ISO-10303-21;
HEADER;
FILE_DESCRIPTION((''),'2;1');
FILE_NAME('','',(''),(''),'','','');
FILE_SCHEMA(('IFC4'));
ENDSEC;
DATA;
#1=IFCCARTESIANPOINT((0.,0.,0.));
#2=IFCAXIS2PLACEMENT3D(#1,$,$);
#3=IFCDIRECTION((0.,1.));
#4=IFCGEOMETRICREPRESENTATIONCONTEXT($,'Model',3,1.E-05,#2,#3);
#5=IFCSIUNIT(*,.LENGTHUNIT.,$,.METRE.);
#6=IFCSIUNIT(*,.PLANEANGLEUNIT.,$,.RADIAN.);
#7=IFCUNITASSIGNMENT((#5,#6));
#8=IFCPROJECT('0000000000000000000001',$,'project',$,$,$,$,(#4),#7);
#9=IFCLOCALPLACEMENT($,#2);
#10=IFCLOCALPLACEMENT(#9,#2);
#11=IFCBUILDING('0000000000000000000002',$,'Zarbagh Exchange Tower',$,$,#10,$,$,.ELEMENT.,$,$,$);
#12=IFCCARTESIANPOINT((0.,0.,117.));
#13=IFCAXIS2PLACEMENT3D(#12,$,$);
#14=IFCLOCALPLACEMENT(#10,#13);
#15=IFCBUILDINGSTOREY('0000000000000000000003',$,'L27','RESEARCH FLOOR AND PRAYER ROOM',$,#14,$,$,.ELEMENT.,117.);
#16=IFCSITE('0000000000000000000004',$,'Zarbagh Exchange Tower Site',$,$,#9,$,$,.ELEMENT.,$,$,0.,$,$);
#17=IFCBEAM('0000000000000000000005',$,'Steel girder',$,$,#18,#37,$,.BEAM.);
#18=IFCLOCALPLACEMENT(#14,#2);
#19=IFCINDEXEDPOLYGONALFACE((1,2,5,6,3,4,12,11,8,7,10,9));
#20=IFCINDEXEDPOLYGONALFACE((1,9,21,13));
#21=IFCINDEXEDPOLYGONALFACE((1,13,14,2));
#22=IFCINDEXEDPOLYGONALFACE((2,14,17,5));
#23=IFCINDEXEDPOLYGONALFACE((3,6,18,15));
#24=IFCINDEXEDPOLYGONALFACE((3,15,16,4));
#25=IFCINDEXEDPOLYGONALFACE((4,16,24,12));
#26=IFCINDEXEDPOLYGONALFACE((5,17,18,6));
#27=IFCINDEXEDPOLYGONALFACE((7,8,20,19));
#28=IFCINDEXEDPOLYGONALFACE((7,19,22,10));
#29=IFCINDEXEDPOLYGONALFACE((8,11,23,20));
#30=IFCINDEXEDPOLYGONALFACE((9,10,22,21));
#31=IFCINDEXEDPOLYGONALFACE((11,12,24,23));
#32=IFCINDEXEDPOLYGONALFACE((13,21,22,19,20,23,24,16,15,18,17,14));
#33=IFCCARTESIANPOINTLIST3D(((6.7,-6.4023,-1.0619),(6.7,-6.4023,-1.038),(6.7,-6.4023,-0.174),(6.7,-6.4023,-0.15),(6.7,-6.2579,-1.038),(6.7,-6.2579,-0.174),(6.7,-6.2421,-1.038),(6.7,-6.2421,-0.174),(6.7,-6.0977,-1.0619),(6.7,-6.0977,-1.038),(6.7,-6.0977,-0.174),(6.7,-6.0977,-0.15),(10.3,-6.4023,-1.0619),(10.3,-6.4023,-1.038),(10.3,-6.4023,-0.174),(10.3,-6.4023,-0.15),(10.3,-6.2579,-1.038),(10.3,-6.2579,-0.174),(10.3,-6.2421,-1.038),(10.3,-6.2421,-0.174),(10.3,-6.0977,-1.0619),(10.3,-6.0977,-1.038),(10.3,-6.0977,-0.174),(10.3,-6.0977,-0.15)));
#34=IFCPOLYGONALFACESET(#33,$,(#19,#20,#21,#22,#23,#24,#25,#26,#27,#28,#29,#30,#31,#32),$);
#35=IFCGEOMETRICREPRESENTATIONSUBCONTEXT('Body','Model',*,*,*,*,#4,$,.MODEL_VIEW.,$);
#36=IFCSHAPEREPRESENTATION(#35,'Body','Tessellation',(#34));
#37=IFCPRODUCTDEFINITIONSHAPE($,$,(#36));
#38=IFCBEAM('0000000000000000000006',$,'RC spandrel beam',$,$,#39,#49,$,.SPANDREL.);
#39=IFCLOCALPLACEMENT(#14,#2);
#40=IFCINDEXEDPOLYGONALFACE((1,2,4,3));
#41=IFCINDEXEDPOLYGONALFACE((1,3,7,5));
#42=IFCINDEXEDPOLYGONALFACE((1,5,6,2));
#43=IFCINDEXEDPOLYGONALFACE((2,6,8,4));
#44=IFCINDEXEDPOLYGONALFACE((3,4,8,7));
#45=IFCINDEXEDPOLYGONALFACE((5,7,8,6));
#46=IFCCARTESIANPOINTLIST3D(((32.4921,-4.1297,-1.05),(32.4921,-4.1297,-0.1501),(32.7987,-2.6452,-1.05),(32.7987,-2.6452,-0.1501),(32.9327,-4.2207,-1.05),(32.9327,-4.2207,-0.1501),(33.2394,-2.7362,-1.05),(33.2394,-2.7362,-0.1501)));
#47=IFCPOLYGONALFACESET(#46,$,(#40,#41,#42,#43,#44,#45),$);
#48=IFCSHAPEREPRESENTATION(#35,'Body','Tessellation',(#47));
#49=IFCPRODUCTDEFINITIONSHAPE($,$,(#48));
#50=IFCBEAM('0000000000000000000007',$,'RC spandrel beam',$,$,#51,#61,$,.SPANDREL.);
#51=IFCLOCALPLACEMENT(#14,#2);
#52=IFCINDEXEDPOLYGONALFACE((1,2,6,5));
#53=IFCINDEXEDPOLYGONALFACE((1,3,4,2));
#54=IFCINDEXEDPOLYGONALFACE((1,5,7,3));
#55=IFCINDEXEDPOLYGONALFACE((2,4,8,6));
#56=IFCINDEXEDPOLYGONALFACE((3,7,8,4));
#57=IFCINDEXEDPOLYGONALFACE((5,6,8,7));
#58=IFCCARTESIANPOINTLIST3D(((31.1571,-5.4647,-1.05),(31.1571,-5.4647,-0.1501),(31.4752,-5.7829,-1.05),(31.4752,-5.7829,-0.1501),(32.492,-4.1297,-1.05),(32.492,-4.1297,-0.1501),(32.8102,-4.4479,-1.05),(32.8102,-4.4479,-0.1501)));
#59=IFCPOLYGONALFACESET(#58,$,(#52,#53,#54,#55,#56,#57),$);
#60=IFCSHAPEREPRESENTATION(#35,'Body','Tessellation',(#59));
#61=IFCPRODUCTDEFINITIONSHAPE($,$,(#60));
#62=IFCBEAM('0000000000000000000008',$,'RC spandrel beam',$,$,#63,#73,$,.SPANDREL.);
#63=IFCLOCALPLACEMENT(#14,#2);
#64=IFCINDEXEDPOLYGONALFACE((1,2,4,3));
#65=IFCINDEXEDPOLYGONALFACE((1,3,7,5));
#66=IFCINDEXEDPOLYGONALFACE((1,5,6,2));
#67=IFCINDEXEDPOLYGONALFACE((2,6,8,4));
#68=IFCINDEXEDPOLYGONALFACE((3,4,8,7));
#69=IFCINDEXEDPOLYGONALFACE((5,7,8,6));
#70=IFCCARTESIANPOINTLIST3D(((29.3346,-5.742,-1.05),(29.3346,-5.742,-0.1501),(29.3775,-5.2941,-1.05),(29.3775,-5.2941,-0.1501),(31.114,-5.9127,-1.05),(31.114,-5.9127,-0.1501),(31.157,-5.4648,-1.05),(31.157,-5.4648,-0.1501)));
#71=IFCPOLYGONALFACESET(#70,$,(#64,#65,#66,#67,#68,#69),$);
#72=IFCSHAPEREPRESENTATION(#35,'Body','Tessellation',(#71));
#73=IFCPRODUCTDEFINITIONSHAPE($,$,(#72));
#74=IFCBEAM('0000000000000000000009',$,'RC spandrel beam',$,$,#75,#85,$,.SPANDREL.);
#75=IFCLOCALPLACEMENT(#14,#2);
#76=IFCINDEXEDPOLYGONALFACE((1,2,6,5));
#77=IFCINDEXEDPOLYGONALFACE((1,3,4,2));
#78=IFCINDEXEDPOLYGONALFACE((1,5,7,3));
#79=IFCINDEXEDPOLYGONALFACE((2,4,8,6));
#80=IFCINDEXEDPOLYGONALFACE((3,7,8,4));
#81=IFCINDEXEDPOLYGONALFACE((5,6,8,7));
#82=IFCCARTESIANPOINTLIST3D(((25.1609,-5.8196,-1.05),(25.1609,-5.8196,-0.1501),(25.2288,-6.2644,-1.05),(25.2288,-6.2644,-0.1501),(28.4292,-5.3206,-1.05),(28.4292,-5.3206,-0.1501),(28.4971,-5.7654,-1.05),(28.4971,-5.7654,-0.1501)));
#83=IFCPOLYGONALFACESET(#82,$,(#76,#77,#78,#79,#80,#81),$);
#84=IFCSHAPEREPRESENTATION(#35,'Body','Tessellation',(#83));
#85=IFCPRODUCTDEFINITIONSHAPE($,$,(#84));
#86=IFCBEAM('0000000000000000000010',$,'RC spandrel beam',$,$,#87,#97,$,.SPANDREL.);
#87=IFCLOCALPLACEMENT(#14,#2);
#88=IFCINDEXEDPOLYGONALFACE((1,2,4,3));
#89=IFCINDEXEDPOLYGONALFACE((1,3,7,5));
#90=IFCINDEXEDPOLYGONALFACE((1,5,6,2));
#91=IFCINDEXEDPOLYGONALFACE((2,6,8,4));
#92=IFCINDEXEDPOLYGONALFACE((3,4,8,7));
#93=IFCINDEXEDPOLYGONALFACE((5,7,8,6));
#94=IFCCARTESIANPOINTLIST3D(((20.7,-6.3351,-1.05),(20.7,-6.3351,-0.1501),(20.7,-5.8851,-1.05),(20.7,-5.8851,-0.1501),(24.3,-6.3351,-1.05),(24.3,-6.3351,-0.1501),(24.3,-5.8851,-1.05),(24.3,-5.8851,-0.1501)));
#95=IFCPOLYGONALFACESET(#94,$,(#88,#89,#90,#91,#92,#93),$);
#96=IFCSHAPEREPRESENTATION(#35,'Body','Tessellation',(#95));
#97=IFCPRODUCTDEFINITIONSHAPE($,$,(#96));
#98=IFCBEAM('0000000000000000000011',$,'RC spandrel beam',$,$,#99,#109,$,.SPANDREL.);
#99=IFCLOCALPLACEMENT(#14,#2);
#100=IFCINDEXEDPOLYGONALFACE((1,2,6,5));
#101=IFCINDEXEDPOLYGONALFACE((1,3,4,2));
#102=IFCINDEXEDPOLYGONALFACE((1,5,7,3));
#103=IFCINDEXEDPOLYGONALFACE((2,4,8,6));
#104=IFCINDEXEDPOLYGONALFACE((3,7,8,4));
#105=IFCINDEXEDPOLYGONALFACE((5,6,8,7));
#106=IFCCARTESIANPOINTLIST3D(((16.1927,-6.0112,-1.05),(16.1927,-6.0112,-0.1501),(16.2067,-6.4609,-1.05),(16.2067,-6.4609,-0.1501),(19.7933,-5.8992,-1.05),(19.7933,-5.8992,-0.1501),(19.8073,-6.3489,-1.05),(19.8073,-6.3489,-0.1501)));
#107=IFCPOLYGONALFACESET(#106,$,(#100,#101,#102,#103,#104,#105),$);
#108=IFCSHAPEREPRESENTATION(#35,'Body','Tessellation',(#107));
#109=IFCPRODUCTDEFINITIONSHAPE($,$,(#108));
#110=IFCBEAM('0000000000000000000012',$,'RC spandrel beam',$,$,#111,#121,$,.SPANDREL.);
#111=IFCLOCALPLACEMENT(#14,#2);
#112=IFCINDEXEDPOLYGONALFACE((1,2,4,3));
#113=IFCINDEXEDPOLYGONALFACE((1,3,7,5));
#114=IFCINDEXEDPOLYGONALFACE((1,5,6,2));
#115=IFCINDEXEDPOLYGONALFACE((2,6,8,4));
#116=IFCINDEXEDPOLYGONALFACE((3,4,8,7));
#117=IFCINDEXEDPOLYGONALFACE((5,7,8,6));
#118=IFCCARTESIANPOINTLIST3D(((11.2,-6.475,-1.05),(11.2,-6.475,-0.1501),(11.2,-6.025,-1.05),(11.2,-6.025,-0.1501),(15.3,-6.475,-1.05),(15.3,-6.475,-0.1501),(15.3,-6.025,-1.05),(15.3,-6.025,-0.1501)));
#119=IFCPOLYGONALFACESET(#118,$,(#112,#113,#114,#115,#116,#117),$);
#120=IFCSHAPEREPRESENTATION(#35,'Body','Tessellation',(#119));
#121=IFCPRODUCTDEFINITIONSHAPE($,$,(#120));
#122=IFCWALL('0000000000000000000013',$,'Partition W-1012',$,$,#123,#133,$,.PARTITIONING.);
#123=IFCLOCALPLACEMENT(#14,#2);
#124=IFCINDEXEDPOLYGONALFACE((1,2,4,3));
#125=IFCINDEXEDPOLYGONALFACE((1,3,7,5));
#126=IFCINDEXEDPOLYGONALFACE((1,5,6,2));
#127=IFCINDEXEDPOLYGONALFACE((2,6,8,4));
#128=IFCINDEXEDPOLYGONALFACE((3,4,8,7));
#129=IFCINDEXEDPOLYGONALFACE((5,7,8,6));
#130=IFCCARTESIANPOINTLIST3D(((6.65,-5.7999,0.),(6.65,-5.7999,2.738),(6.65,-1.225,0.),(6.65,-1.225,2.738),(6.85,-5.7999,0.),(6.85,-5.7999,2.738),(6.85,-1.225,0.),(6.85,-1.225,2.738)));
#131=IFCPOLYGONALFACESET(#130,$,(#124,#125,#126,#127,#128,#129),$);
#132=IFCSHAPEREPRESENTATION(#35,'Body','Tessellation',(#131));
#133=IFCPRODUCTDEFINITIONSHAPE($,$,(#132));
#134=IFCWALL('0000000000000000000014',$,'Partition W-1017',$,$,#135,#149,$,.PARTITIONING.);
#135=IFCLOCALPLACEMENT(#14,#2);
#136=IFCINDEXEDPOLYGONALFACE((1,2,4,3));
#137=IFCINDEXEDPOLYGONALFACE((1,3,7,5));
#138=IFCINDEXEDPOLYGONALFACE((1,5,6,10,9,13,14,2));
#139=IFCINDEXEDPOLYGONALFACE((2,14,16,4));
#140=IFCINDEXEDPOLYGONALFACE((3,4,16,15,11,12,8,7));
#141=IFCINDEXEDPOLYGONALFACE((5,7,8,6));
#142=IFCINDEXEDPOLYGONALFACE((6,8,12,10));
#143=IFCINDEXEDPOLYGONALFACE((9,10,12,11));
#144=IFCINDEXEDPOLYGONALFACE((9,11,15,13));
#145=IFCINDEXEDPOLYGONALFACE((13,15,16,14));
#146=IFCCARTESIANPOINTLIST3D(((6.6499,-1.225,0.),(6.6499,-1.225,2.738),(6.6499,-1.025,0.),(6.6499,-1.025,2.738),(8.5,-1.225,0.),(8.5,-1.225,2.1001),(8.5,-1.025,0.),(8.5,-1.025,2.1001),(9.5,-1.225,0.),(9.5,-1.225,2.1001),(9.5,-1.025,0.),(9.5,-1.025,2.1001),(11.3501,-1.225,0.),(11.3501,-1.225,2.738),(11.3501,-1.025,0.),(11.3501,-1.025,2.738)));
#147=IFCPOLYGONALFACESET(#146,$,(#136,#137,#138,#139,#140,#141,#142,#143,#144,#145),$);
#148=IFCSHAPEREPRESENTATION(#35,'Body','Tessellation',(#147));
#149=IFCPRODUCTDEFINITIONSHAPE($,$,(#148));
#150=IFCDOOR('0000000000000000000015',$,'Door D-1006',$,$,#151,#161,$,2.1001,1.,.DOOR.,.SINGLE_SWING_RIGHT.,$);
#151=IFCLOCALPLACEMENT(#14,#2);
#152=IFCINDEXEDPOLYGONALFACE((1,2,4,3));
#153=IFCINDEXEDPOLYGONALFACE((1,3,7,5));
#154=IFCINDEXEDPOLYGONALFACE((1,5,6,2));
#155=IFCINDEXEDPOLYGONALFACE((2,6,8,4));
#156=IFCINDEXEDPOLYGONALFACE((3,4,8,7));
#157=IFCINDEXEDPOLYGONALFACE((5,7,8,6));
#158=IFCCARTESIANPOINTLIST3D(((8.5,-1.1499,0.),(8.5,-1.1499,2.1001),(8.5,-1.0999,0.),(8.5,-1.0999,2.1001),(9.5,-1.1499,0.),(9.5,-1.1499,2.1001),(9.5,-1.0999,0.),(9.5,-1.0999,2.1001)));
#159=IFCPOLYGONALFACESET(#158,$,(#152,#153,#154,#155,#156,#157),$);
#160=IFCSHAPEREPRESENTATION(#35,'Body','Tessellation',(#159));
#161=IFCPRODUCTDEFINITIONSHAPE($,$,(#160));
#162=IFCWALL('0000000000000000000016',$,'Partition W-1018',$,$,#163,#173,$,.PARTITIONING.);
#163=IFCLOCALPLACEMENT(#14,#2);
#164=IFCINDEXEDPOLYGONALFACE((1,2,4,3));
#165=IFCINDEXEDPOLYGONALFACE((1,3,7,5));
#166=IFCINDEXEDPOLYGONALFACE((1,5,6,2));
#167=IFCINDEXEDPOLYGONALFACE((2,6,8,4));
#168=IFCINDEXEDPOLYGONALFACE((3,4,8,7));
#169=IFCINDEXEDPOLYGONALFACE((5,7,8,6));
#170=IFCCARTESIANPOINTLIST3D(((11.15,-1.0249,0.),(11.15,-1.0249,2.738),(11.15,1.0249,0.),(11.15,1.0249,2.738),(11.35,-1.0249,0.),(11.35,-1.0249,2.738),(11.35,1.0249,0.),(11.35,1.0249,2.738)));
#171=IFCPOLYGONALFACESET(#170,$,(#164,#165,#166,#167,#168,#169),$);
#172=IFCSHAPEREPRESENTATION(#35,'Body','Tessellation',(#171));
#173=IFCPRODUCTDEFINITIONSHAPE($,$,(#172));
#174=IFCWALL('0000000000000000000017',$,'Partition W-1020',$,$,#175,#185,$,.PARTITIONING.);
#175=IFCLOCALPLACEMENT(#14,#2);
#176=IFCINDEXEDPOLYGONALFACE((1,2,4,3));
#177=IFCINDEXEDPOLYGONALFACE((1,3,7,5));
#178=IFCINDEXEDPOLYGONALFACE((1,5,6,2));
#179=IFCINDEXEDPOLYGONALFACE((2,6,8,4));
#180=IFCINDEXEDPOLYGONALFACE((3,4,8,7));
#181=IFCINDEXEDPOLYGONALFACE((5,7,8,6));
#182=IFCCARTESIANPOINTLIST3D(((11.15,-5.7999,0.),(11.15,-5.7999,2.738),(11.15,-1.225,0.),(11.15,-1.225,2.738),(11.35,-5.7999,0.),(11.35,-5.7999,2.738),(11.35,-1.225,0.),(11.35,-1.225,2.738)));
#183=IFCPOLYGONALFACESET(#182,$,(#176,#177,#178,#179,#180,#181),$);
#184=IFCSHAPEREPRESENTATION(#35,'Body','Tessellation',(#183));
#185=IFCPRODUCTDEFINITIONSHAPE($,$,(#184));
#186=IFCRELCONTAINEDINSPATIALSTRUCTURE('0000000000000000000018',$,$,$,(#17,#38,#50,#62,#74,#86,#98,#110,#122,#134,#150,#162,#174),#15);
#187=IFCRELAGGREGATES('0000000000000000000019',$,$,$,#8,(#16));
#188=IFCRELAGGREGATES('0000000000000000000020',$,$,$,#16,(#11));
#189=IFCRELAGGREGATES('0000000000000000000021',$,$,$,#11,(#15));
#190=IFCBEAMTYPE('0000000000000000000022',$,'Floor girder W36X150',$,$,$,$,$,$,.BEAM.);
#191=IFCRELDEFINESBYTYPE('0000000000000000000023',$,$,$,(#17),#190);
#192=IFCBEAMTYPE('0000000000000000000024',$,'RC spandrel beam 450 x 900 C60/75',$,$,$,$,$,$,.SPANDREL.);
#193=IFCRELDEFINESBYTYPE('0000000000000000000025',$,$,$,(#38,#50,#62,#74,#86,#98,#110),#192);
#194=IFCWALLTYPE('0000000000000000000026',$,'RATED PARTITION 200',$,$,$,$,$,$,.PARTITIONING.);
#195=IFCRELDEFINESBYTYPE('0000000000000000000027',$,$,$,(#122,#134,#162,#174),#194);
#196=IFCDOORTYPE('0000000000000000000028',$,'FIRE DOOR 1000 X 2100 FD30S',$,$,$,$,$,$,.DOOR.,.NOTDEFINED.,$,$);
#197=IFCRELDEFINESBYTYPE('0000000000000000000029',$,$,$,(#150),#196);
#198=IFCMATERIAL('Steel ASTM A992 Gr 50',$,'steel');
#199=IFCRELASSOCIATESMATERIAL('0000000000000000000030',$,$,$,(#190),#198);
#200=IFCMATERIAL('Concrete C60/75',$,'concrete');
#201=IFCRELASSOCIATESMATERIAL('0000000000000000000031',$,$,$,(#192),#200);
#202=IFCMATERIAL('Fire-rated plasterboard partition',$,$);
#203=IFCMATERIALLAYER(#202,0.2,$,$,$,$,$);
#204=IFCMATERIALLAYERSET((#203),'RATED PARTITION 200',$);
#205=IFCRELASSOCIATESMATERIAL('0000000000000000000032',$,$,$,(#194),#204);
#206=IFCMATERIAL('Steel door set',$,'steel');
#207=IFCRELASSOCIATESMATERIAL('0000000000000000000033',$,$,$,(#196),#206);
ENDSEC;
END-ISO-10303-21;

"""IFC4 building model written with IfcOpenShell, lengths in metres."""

from ifc_helpers import new_model, si_unit, direction, frame, frame_2d, origin, origin_2d, place, context, subcontext, project, spatial, rectangle, i_section, extrude, material, layer, layer_set, material_profile, profile_set, type_object, element, fill, save


model = new_model("IFC4")

# Units and contexts
model_context = context("Model", 3, precision=1e-05, world=origin(), true_north=direction((0.0, 1.0)))
body_context = subcontext(model_context, "Body", "Model", "MODEL_VIEW")
ifc_project = project(units=[si_unit("LENGTHUNIT", "METRE"), si_unit("PLANEANGLEUNIT", "RADIAN")], contexts=[model_context])

# Site, building, storey
site_placement = place(None, origin())
site = spatial("IfcSite", under=ifc_project, at=site_placement, Name="Zarbagh Exchange Tower Site", CompositionType="ELEMENT", RefElevation=0.0)
building_placement = place(site_placement, origin())
building = spatial("IfcBuilding", under=site, at=building_placement, Name="Zarbagh Exchange Tower", CompositionType="ELEMENT")
storey_placement = place(building_placement, frame((0.0, 0.0, 117.0)))
storey = spatial("IfcBuildingStorey", under=building, at=storey_placement, Name="L27", Description="RESEARCH FLOOR AND PRAYER ROOM", CompositionType="ELEMENT", Elevation=117.0)

# Shared definitions
ifc_material_1 = material(Name="Concrete C60/75", Category="concrete")

# Beams
ifc_material_2 = material(Name="Steel ASTM A992 Gr 50", Category="steel")
ifc_material_profile_1 = material_profile(ifc_material_2, i_section(OverallWidth=0.3047, OverallDepth=0.9119, WebThickness=0.0159, FlangeThickness=0.0239, at=origin_2d()), Name="W36X150")
ifc_profile_set_1 = profile_set([ifc_material_profile_1], Name="Steel ASTM A992 Gr 50")
beam_type_1 = type_object("IfcBeamType", Name="Floor girder W36X150", PredefinedType="BEAM", material=ifc_profile_set_1)
beam_1_placement = place(storey_placement, frame((6.7, -6.25, -0.606), z_axis=(1.0, 0.0, 0.0), x_axis=(0.0, 1.0, 0.0)))
element("IfcBeam", 1, at=beam_1_placement, inside=storey, type_object=beam_type_1, Name="Steel girder", PredefinedType="BEAM", context=body_context, shape_type="SweptSolid", body=[
    extrude(i_section(OverallWidth=0.3047, OverallDepth=0.9119, WebThickness=0.0159, FlangeThickness=0.0239, at=origin_2d()), origin(), (0.0, 0.0, 1.0), 3.6001),
])
ifc_material_profile_2 = material_profile(ifc_material_1, rectangle(XDim=0.45, YDim=0.8999, at=origin_2d()), Name="RC spandrel beam 450 x 900 C60/75")
ifc_profile_set_2 = profile_set([ifc_material_profile_2], Name="Concrete C60/75")
beam_type_2 = type_object("IfcBeamType", Name="RC spandrel beam 450 x 900 C60/75", PredefinedType="SPANDREL", material=ifc_profile_set_2)
beam_2_placement = place(storey_placement, frame((33.019, -2.6907, -0.6001), z_axis=(-0.202275, -0.979329, 0.0), x_axis=(0.979329, -0.202275, 0.0)))
element("IfcBeam", 2, at=beam_2_placement, inside=storey, type_object=beam_type_2, Name="RC spandrel beam", PredefinedType="SPANDREL", context=body_context, shape_type="SweptSolid", body=[
    extrude(rectangle(XDim=0.45, YDim=0.8999, at=origin_2d()), origin(), (0.0, 0.0, 1.0), 1.5159),
])
beam_3_placement = place(storey_placement, frame((32.6511, -4.2888, -0.6001), z_axis=(-0.707107, -0.707107, 0.0), x_axis=(0.707107, -0.707107, 0.0)))
element("IfcBeam", 3, at=beam_3_placement, inside=storey, type_object=beam_type_2, Name="RC spandrel beam", PredefinedType="SPANDREL", context=body_context, shape_type="SweptSolid", body=[
    extrude(rectangle(XDim=0.45, YDim=0.8999, at=origin_2d()), origin(), (0.0, 0.0, 1.0), 1.8879),
])
beam_4_placement = place(storey_placement, frame((31.1355, -5.6887, -0.6001), z_axis=(-0.995433, 0.09546, 0.0), x_axis=(-0.09546, -0.995433, 0.0)))
element("IfcBeam", 4, at=beam_4_placement, inside=storey, type_object=beam_type_2, Name="RC spandrel beam", PredefinedType="SPANDREL", context=body_context, shape_type="SweptSolid", body=[
    extrude(rectangle(XDim=0.45, YDim=0.8999, at=origin_2d()), origin(), (0.0, 0.0, 1.0), 1.7876),
])
beam_5_placement = place(storey_placement, frame((28.4631, -5.543, -0.6001), z_axis=(-0.988544, -0.150936, 0.0), x_axis=(0.150936, -0.988544, 0.0)))
element("IfcBeam", 5, at=beam_5_placement, inside=storey, type_object=beam_type_2, Name="RC spandrel beam", PredefinedType="SPANDREL", context=body_context, shape_type="SweptSolid", body=[
    extrude(rectangle(XDim=0.45, YDim=0.8999, at=origin_2d()), origin(), (0.0, 0.0, 1.0), 3.3062),
])
beam_6_placement = place(storey_placement, frame((24.3, -6.1101, -0.6001), z_axis=(-1.0, 0.0, 0.0), x_axis=(0.0, -1.0, 0.0)))
element("IfcBeam", 6, at=beam_6_placement, inside=storey, type_object=beam_type_2, Name="RC spandrel beam", PredefinedType="SPANDREL", context=body_context, shape_type="SweptSolid", body=[
    extrude(rectangle(XDim=0.45, YDim=0.8999, at=origin_2d()), origin(), (0.0, 0.0, 1.0), 3.6001),
])
beam_7_placement = place(storey_placement, frame((19.8003, -6.124, -0.6001), z_axis=(-0.999516, -0.031108, 0.0), x_axis=(0.031108, -0.999516, 0.0)))
element("IfcBeam", 7, at=beam_7_placement, inside=storey, type_object=beam_type_2, Name="RC spandrel beam", PredefinedType="SPANDREL", context=body_context, shape_type="SweptSolid", body=[
    extrude(rectangle(XDim=0.45, YDim=0.8999, at=origin_2d()), origin(), (0.0, 0.0, 1.0), 3.6023),
])
beam_8_placement = place(storey_placement, frame((15.3, -6.25, -0.6001), z_axis=(-1.0, 0.0, 0.0), x_axis=(0.0, -1.0, 0.0)))
element("IfcBeam", 8, at=beam_8_placement, inside=storey, type_object=beam_type_2, Name="RC spandrel beam", PredefinedType="SPANDREL", context=body_context, shape_type="SweptSolid", body=[
    extrude(rectangle(XDim=0.45, YDim=0.8999, at=origin_2d()), origin(), (0.0, 0.0, 1.0), 4.1001),
])

# Wall
ifc_material_3 = material(Name="Fire-rated plasterboard partition")
ifc_layer = layer(ifc_material_3, 0.2)
ifc_layer_set = layer_set([ifc_layer], Name="RATED PARTITION 200")
wall_type = type_object("IfcWallType", Name="RATED PARTITION 200", PredefinedType="PARTITIONING", material=ifc_layer_set)
wall_1_placement = place(storey_placement, frame((6.75, -5.8, 0.0), z_axis=(0.0, 0.0, 1.0), x_axis=(0.0, 1.0, 0.0)))
element("IfcWall", 9, at=wall_1_placement, inside=storey, type_object=wall_type, Name="Partition W-1012", PredefinedType="PARTITIONING", context=body_context, shape_type="SweptSolid", body=[
    extrude(rectangle(XDim=4.575, YDim=0.2, at=frame_2d((2.2876, 0.0))), origin(), (0.0, 0.0, 1.0), 2.738),
])

# Wall, opening, door
wall_2_placement = place(storey_placement, frame((11.3501, -1.125, 0.0), z_axis=(0.0, 0.0, 1.0), x_axis=(-1.0, 0.0, 0.0)))
wall_2 = element("IfcWall", 10, at=wall_2_placement, inside=storey, type_object=wall_type, Name="Partition W-1017", PredefinedType="PARTITIONING", context=body_context, shape_type="SweptSolid", body=[
    extrude(rectangle(XDim=4.7002, YDim=0.2, at=frame_2d((2.3501, 0.0))), origin(), (0.0, 0.0, 1.0), 2.738),
])
opening_placement = place(wall_2_placement, frame((1.8501, 0.0, 0.0)))
opening = element("IfcOpeningElement", 11, at=opening_placement, cuts=wall_2, PredefinedType="OPENING", context=body_context, shape_type="SweptSolid", body=[
    extrude(rectangle(XDim=1.0, YDim=2.1001, at=frame_2d((0.5, 1.05))), frame((0.0, 0.1099, 0.0), z_axis=(0.0, -1.0, 0.0), x_axis=(1.0, 0.0, 0.0)), (0.0, 0.0, 1.0), 0.22),
])
ifc_material_4 = material(Name="Steel door set", Category="steel")
door_type = type_object("IfcDoorType", Name="FIRE DOOR 1000 X 2100 FD30S", OperationType="NOTDEFINED", PredefinedType="DOOR", material=ifc_material_4)
door_placement = place(opening_placement, origin())
door = element("IfcDoor", 12, at=door_placement, inside=storey, type_object=door_type, Name="Door D-1006", OperationType="SINGLE_SWING_RIGHT", OverallHeight=2.1001, OverallWidth=1.0, PredefinedType="DOOR", context=body_context, shape_type="SweptSolid", body=[
    extrude(rectangle(XDim=1.0, YDim=2.1001, at=frame_2d((0.5, 1.05))), frame((0.0, 0.0249, 0.0), z_axis=(0.0, -1.0, 0.0), x_axis=(1.0, 0.0, 0.0)), (0.0, 0.0, 1.0), 0.05),
])
fill(opening, door)

# Walls
wall_3_placement = place(storey_placement, frame((11.25, -1.0249, 0.0), z_axis=(0.0, 0.0, 1.0), x_axis=(0.0, 1.0, 0.0)))
element("IfcWall", 13, at=wall_3_placement, inside=storey, type_object=wall_type, Name="Partition W-1018", PredefinedType="PARTITIONING", context=body_context, shape_type="SweptSolid", body=[
    extrude(rectangle(XDim=2.0498, YDim=0.2, at=frame_2d((1.0249, 0.0))), origin(), (0.0, 0.0, 1.0), 2.738),
])
wall_4_placement = place(storey_placement, frame((11.25, -5.8, 0.0), z_axis=(0.0, 0.0, 1.0), x_axis=(0.0, 1.0, 0.0)))
element("IfcWall", 14, at=wall_4_placement, inside=storey, type_object=wall_type, Name="Partition W-1020", PredefinedType="PARTITIONING", context=body_context, shape_type="SweptSolid", body=[
    extrude(rectangle(XDim=4.575, YDim=0.2, at=frame_2d((2.2876, 0.0))), origin(), (0.0, 0.0, 1.0), 2.738),
])

save(model, "model.ifc")
